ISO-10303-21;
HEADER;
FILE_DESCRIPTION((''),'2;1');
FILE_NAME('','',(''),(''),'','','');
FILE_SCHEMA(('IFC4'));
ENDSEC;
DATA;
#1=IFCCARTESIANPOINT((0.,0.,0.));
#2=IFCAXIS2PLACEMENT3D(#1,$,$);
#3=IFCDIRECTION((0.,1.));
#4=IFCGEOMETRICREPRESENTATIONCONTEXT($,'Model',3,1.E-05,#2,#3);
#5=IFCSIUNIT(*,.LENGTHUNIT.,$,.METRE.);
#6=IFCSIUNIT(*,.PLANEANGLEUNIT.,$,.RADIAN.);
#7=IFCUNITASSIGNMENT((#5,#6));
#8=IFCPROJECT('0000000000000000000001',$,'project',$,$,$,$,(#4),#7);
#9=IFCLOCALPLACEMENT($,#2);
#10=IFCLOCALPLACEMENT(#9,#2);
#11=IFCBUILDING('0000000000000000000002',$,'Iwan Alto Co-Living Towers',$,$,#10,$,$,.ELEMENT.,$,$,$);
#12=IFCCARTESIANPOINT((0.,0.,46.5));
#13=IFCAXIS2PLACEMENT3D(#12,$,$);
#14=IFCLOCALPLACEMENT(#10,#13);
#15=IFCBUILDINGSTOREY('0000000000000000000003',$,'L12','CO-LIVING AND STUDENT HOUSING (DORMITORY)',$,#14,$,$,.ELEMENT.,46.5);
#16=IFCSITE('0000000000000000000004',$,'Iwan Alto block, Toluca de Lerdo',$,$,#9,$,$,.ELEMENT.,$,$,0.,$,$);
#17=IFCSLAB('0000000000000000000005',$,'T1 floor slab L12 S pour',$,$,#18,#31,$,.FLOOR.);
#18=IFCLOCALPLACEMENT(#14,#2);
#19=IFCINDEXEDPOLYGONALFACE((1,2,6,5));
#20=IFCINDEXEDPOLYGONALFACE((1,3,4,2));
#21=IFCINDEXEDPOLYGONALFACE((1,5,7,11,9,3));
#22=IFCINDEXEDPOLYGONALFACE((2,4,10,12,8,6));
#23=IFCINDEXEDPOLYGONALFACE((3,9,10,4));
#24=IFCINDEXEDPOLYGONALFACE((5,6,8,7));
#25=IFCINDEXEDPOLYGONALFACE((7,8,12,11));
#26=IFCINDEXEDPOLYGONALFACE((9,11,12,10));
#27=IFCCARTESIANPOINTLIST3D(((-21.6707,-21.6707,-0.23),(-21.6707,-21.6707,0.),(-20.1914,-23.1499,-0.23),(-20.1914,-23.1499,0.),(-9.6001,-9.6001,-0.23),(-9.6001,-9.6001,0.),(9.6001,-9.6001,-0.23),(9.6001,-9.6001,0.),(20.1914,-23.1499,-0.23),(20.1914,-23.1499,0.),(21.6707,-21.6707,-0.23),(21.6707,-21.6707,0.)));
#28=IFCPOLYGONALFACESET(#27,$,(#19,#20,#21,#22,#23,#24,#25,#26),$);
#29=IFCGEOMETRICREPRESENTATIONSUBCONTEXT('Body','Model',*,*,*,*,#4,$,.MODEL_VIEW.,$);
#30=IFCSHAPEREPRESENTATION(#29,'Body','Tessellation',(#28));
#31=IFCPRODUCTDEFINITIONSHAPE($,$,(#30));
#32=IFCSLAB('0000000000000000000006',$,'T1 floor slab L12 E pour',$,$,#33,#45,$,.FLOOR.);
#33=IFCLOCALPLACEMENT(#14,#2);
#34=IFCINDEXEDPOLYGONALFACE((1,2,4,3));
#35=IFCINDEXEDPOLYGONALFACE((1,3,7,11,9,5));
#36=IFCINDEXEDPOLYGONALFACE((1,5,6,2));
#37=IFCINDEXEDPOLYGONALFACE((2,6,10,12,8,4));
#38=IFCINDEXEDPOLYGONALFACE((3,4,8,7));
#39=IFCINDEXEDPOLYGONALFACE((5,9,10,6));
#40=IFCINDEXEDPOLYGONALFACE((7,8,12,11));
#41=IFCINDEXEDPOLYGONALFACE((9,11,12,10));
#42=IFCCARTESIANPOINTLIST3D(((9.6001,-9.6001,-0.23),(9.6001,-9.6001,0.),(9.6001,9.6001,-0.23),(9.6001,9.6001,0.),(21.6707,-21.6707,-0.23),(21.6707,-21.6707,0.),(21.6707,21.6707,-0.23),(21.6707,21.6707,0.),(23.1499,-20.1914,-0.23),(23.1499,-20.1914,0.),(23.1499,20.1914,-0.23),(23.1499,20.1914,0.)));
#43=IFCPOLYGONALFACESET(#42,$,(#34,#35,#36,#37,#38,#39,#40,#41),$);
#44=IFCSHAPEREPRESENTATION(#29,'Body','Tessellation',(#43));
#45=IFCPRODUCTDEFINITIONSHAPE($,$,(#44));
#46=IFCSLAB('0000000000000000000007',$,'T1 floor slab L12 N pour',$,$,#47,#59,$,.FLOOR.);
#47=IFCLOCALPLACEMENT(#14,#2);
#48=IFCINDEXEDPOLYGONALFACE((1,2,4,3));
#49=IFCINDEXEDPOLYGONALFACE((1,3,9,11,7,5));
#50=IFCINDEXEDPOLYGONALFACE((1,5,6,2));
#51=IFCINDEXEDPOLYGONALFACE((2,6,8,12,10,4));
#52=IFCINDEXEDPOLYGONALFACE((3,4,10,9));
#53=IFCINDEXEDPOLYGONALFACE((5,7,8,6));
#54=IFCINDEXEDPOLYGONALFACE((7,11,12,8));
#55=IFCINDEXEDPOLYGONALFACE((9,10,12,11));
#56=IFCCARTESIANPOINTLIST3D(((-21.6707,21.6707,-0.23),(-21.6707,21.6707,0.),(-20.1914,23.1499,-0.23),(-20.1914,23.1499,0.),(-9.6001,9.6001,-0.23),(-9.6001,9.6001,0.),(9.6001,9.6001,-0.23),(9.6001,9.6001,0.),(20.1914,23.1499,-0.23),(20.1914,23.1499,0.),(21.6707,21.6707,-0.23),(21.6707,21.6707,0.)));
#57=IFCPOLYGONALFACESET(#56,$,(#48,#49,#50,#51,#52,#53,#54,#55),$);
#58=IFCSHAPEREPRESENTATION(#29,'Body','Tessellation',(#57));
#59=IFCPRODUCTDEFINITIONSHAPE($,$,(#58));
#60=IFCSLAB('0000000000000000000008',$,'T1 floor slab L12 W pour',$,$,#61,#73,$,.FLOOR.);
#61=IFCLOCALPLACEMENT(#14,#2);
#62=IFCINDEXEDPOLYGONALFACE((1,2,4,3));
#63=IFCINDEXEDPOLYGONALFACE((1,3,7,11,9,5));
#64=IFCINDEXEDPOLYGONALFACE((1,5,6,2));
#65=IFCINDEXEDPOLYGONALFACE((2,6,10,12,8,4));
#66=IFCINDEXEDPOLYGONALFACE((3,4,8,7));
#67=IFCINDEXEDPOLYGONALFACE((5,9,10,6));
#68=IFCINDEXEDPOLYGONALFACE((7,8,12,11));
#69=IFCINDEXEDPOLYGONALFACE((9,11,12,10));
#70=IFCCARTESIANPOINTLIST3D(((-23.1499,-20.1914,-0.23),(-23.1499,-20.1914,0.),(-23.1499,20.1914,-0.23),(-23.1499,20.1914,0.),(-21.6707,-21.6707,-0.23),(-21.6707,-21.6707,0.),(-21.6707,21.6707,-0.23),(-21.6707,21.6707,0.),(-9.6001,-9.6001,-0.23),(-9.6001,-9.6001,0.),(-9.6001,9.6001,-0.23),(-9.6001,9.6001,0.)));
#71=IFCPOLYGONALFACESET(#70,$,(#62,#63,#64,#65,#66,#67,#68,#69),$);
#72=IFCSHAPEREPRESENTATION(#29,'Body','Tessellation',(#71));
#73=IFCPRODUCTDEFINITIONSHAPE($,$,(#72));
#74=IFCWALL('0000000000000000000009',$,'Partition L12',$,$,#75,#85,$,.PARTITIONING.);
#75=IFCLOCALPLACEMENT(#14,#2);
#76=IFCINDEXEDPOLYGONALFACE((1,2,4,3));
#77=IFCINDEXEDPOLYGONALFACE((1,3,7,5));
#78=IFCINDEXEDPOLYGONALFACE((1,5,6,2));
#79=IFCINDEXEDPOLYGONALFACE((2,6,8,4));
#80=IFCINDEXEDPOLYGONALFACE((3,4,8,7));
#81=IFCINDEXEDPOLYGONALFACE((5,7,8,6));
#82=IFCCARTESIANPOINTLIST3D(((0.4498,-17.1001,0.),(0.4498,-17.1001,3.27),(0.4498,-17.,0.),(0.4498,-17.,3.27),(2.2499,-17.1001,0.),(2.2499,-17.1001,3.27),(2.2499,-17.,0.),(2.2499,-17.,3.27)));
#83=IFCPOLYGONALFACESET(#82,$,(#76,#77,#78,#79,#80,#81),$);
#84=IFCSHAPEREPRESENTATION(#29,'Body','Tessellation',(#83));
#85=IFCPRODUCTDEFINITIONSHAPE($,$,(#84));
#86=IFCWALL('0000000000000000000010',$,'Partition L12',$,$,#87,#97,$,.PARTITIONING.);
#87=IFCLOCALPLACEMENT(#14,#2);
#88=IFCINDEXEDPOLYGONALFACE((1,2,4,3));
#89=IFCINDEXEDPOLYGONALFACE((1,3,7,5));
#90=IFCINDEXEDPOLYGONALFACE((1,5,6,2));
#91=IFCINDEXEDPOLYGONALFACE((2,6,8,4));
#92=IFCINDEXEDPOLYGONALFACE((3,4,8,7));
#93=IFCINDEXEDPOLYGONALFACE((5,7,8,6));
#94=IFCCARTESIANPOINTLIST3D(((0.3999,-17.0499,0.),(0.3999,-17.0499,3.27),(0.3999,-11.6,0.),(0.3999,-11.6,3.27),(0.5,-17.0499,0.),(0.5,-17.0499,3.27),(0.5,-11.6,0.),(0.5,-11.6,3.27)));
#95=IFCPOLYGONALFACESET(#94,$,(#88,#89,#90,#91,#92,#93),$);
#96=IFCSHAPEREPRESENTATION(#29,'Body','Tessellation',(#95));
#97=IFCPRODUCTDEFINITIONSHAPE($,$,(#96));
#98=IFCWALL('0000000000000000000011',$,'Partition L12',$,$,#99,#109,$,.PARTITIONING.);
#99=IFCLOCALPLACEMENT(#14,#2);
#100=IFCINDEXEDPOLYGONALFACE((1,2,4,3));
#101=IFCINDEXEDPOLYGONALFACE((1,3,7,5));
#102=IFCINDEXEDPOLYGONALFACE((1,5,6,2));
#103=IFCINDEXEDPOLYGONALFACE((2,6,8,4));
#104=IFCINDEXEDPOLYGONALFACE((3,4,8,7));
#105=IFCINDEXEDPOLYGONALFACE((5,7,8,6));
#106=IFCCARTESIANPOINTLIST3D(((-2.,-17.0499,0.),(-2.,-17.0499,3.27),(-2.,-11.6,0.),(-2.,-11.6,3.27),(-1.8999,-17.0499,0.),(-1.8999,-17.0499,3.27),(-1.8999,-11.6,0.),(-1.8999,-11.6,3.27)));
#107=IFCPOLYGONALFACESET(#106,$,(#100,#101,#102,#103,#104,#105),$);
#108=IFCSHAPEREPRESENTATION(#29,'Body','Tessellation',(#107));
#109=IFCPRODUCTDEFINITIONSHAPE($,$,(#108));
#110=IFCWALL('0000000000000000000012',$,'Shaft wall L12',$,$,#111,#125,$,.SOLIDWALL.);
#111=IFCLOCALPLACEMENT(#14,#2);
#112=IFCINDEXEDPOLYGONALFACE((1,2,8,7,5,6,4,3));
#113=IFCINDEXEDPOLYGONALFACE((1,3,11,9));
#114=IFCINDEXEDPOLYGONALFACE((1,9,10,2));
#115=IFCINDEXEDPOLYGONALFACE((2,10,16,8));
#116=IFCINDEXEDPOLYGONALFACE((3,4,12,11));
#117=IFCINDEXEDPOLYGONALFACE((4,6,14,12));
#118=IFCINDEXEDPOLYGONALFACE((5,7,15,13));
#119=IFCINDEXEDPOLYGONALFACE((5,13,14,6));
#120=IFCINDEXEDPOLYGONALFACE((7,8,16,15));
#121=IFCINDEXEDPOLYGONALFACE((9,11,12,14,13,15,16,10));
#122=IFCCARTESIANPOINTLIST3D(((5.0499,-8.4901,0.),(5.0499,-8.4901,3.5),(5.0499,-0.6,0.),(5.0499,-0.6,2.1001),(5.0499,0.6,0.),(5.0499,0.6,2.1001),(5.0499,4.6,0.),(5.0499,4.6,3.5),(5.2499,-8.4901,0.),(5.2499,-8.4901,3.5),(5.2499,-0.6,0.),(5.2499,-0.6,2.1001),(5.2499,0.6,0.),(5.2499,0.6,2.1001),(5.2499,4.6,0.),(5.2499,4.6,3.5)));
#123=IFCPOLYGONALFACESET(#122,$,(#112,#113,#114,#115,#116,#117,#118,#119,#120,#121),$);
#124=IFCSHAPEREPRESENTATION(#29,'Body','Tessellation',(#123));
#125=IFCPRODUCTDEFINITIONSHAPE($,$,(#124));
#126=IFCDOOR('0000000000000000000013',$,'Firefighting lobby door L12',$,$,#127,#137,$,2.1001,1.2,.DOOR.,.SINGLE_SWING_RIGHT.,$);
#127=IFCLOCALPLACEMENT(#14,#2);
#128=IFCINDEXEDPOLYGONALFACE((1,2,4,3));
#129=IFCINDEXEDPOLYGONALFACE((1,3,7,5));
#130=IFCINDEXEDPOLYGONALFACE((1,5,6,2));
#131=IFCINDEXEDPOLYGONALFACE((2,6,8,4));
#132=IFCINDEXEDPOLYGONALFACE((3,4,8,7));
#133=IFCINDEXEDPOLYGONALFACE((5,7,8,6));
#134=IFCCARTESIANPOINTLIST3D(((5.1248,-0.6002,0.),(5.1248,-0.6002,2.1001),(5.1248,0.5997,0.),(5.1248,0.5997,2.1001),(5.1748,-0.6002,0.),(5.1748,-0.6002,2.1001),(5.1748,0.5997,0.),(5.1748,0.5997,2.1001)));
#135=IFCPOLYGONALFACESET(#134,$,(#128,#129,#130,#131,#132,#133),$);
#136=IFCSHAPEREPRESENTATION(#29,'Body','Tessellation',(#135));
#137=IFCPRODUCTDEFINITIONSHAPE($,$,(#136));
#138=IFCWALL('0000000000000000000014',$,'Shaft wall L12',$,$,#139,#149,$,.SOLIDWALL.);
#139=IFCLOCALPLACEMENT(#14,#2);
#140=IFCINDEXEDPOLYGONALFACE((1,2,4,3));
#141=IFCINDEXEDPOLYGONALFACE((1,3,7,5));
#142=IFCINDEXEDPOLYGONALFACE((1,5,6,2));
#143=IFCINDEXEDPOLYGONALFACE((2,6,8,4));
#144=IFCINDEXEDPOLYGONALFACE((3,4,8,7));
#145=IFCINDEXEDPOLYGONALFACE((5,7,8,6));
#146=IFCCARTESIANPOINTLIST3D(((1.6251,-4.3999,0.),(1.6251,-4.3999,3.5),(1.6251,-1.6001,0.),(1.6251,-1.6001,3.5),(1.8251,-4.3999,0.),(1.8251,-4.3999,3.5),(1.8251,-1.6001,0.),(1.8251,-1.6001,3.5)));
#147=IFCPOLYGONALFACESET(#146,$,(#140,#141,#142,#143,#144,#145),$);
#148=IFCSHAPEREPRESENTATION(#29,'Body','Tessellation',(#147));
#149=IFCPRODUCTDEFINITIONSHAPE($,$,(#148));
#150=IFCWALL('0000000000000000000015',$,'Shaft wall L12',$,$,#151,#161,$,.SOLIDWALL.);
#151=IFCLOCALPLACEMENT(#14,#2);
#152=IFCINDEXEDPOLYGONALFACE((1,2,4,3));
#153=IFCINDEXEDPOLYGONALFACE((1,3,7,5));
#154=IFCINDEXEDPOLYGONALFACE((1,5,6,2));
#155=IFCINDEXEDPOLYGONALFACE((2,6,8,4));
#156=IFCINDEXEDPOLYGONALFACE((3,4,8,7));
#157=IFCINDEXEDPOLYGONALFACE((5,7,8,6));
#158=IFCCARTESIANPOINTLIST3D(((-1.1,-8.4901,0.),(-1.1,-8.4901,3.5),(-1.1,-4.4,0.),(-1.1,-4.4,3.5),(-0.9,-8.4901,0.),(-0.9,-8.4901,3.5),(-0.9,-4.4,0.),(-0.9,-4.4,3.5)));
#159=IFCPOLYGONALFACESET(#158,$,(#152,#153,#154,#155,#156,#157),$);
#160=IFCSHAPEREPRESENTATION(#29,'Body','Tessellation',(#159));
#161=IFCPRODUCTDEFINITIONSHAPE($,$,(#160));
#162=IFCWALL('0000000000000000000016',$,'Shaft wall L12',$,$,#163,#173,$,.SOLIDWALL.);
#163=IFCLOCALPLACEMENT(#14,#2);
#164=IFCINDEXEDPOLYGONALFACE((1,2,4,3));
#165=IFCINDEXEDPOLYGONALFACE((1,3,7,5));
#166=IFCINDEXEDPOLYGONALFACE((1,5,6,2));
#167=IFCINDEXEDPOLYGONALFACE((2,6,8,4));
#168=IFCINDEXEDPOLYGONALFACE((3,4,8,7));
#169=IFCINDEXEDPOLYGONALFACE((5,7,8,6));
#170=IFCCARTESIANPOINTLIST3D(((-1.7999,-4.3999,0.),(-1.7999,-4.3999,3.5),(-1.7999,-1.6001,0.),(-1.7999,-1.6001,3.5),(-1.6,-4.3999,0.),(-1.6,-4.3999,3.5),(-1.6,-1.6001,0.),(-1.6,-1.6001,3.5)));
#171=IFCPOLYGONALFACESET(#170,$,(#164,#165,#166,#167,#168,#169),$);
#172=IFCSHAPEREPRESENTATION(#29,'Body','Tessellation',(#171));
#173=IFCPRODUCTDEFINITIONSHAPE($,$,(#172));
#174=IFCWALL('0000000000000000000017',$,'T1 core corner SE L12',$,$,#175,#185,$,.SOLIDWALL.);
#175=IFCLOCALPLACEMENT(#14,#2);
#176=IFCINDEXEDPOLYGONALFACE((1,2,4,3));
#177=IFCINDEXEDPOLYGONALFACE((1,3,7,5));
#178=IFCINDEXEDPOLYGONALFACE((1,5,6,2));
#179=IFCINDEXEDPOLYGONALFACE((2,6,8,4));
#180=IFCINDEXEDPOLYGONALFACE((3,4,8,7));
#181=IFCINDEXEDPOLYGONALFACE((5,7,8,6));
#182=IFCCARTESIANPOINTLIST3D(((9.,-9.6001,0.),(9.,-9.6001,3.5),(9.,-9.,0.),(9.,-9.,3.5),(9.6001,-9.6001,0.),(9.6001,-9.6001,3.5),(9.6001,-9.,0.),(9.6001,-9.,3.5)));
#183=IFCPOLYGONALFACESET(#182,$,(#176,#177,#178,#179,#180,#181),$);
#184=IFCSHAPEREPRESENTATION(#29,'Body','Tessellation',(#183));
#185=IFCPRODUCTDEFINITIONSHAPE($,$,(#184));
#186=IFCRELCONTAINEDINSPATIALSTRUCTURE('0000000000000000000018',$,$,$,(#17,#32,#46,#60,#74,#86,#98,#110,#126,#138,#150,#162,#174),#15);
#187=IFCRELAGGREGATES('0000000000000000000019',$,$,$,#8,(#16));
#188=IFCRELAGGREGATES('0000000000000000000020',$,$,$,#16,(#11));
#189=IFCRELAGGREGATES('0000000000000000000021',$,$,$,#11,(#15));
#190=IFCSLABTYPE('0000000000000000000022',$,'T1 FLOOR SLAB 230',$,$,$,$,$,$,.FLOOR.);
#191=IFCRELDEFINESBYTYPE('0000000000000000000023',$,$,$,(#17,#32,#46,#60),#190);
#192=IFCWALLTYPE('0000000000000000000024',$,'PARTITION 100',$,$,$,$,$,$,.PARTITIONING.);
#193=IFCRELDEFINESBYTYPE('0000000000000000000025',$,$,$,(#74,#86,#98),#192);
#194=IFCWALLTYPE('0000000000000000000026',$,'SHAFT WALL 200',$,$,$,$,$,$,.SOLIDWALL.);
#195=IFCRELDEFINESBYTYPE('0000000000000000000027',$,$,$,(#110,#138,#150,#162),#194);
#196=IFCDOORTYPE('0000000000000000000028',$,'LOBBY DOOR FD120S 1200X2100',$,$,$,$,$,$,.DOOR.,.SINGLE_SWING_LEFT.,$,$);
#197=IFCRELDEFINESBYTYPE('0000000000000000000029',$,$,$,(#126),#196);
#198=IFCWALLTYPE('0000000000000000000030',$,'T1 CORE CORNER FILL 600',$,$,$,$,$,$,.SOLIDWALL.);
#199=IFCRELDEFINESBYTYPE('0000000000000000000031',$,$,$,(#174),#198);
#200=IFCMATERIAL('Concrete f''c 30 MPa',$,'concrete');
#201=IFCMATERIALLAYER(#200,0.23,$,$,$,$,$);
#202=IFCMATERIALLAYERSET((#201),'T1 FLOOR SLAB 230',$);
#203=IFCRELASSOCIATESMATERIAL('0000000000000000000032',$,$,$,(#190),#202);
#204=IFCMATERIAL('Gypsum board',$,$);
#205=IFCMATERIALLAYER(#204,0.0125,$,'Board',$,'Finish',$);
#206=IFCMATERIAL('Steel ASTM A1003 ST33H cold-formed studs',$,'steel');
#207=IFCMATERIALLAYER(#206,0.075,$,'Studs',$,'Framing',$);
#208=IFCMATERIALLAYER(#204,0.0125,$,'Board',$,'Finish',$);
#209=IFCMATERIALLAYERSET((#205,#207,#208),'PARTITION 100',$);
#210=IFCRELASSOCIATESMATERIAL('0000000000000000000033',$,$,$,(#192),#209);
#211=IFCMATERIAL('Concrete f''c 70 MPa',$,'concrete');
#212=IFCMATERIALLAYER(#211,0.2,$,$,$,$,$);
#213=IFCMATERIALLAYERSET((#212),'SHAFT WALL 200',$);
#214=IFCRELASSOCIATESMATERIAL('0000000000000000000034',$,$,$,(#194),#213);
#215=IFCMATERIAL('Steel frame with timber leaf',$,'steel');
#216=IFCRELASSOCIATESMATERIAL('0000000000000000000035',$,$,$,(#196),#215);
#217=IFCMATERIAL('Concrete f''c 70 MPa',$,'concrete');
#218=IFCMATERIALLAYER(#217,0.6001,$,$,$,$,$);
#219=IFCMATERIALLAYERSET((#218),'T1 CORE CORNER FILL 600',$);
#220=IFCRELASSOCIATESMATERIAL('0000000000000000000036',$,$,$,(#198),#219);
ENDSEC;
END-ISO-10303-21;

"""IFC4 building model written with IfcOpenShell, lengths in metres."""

from ifc_helpers import new_model, si_unit, direction, frame, frame_2d, origin, place, context, subcontext, project, spatial, polyline, rectangle, outline, extrude, material, layer, layer_set, type_object, element, fill, save


model = new_model("IFC4")

# Units and contexts
model_context = context("Model", 3, precision=1e-05, world=origin(), true_north=direction((0.0, 1.0)))
body_context = subcontext(model_context, "Body", "Model", "MODEL_VIEW")
ifc_project = project(units=[si_unit("LENGTHUNIT", "METRE"), si_unit("PLANEANGLEUNIT", "RADIAN")], contexts=[model_context])

# Site, building, storey
site_placement = place(None, origin())
site = spatial("IfcSite", under=ifc_project, at=site_placement, Name="Iwan Alto block, Toluca de Lerdo", CompositionType="ELEMENT", RefElevation=0.0)
building_placement = place(site_placement, origin())
building = spatial("IfcBuilding", under=site, at=building_placement, Name="Iwan Alto Co-Living Towers", CompositionType="ELEMENT")
storey_placement = place(building_placement, frame((0.0, 0.0, 46.5)))
storey = spatial("IfcBuildingStorey", under=building, at=storey_placement, Name="L12", Description="CO-LIVING AND STUDENT HOUSING (DORMITORY)", CompositionType="ELEMENT", Elevation=46.5)

# Slabs
ifc_material_1 = material(Name="Concrete f'c 30 MPa", Category="concrete")
ifc_layer_1 = layer(ifc_material_1, 0.23)
ifc_layer_set_1 = layer_set([ifc_layer_1], Name="T1 FLOOR SLAB 230")
slab_type = type_object("IfcSlabType", Name="T1 FLOOR SLAB 230", PredefinedType="FLOOR", material=ifc_layer_set_1)
slab_1_placement = place(storey_placement, frame((0.0, 0.0, -0.23)))
element("IfcSlab", 1, at=slab_1_placement, inside=storey, type_object=slab_type, Name="T1 floor slab L12 S pour", PredefinedType="FLOOR", context=body_context, shape_type="SweptSolid", body=[
    extrude(outline(polyline([(20.1914, -23.1499), (-20.1914, -23.1499), (-21.6707, -21.6707), (-9.6001, -9.6001), (9.6001, -9.6001), (21.6707, -21.6707), (20.1914, -23.1499)])), origin(), (0.0, 0.0, 1.0), 0.23),
])
slab_2_placement = place(storey_placement, frame((0.0, 0.0, -0.23)))
element("IfcSlab", 2, at=slab_2_placement, inside=storey, type_object=slab_type, Name="T1 floor slab L12 E pour", PredefinedType="FLOOR", context=body_context, shape_type="SweptSolid", body=[
    extrude(outline(polyline([(23.1499, 20.1914), (23.1499, -20.1914), (21.6707, -21.6707), (9.6001, -9.6001), (9.6001, 9.6001), (21.6707, 21.6707), (23.1499, 20.1914)])), origin(), (0.0, 0.0, 1.0), 0.23),
])
slab_3_placement = place(storey_placement, frame((0.0, 0.0, -0.23)))
element("IfcSlab", 3, at=slab_3_placement, inside=storey, type_object=slab_type, Name="T1 floor slab L12 N pour", PredefinedType="FLOOR", context=body_context, shape_type="SweptSolid", body=[
    extrude(outline(polyline([(-20.1914, 23.1499), (20.1914, 23.1499), (21.6707, 21.6707), (9.6001, 9.6001), (-9.6001, 9.6001), (-21.6707, 21.6707), (-20.1914, 23.1499)])), origin(), (0.0, 0.0, 1.0), 0.23),
])
slab_4_placement = place(storey_placement, frame((0.0, 0.0, -0.23)))
element("IfcSlab", 4, at=slab_4_placement, inside=storey, type_object=slab_type, Name="T1 floor slab L12 W pour", PredefinedType="FLOOR", context=body_context, shape_type="SweptSolid", body=[
    extrude(outline(polyline([(-23.1499, 20.1914), (-21.6707, 21.6707), (-9.6001, 9.6001), (-9.6001, -9.6001), (-21.6707, -21.6707), (-23.1499, -20.1914), (-23.1499, 20.1914)])), origin(), (0.0, 0.0, 1.0), 0.23),
])

# Walls
ifc_material_2 = material(Name="Gypsum board")
ifc_layer_2 = layer(ifc_material_2, 0.0125, Name="Board", Category="Finish")
ifc_material_3 = material(Name="Steel ASTM A1003 ST33H cold-formed studs", Category="steel")
ifc_layer_3 = layer(ifc_material_3, 0.075, Name="Studs", Category="Framing")
ifc_layer_4 = layer(ifc_material_2, 0.0125, Name="Board", Category="Finish")
ifc_layer_set_2 = layer_set([ifc_layer_2, ifc_layer_3, ifc_layer_4], Name="PARTITION 100")
wall_type_1 = type_object("IfcWallType", Name="PARTITION 100", PredefinedType="PARTITIONING", material=ifc_layer_set_2)
wall_1_placement = place(storey_placement, frame((0.45, -17.05, 0.0), z_axis=(0.0, 0.0, 1.0), x_axis=(1.0, 0.0, 0.0)))
element("IfcWall", 5, at=wall_1_placement, inside=storey, type_object=wall_type_1, Name="Partition L12", PredefinedType="PARTITIONING", context=body_context, shape_type="SweptSolid", body=[
    extrude(rectangle(XDim=1.8, YDim=0.1001, at=frame_2d((0.8999, 0.0))), origin(), (0.0, 0.0, 1.0), 3.27),
])
for number, where, z_axis, x_axis, name in (
    (6, (0.45, -17.05, 0.0), (0.0, 0.0, 1.0), (0.0, 1.0, 0.0), "Partition L12"),
    (7, (-1.95, -17.05, 0.0), (0.0, 0.0, 1.0), (0.0, 1.0, 0.0), "Partition L12"),
):
    element("IfcWall", number, at=place(storey_placement, frame(where, z_axis=z_axis, x_axis=x_axis)), inside=storey, type_object=wall_type_1, Name=name, PredefinedType="PARTITIONING", context=body_context, shape_type="SweptSolid", body=[
        extrude(rectangle(XDim=5.45, YDim=0.1001, at=frame_2d((2.7251, 0.0))), origin(), (0.0, 0.0, 1.0), 3.27),
    ])

# Wall, opening, door
ifc_material_4 = material(Name="Concrete f'c 70 MPa", Category="concrete")
ifc_layer_5 = layer(ifc_material_4, 0.2)
ifc_layer_set_3 = layer_set([ifc_layer_5], Name="SHAFT WALL 200")
wall_type_2 = type_object("IfcWallType", Name="SHAFT WALL 200", PredefinedType="SOLIDWALL", material=ifc_layer_set_3)
wall_2_placement = place(storey_placement, frame((5.1499, -8.49, 0.0), z_axis=(0.0, 0.0, 1.0), x_axis=(0.0, 1.0, 0.0)))
wall_2 = element("IfcWall", 8, at=wall_2_placement, inside=storey, type_object=wall_type_2, Name="Shaft wall L12", PredefinedType="SOLIDWALL", context=body_context, shape_type="SweptSolid", body=[
    extrude(rectangle(XDim=13.0901, YDim=0.2, at=frame_2d((6.5449, 0.0))), origin(), (0.0, 0.0, 1.0), 3.5),
])
opening_1_placement = place(wall_2_placement, frame((7.8899, 0.0, 0.0)))
opening_1 = element("IfcOpeningElement", 9, at=opening_1_placement, cuts=wall_2, PredefinedType="OPENING", context=body_context, shape_type="SweptSolid", body=[
    extrude(rectangle(XDim=1.2, YDim=2.1001, at=frame_2d((0.6001, 1.05))), frame((0.0, 0.1099, 0.0), z_axis=(0.0, -1.0, 0.0), x_axis=(1.0, 0.0, 0.0)), (0.0, 0.0, 1.0), 0.22),
])
ifc_material_5 = material(Name="Steel frame with timber leaf", Category="steel")
door_type_1 = type_object("IfcDoorType", Name="LOBBY DOOR FD120S 1200X2100", OperationType="SINGLE_SWING_LEFT", PredefinedType="DOOR", material=ifc_material_5)
door_1_placement = place(opening_1_placement, frame((1.2, 0.0, 0.0), z_axis=(0.0, 0.0, 1.0), x_axis=(-1.0, 0.0, 0.0)))
door_1 = element("IfcDoor", 10, at=door_1_placement, inside=storey, type_object=door_type_1, Name="Firefighting lobby door L12", OperationType="SINGLE_SWING_RIGHT", OverallHeight=2.1001, OverallWidth=1.2, PredefinedType="DOOR", context=body_context, shape_type="SweptSolid", body=[
    extrude(rectangle(XDim=1.2, YDim=2.1001, at=frame_2d((0.6001, 1.05))), frame((0.0, 0.0249, 0.0), z_axis=(0.0, -1.0, 0.0), x_axis=(1.0, 0.0, 0.0)), (0.0, 0.0, 1.0), 0.05),
])
fill(opening_1, door_1)

# Walls
wall_3_placement = place(storey_placement, frame((1.7251, -4.3999, 0.0), z_axis=(0.0, 0.0, 1.0), x_axis=(0.0, 1.0, 0.0)))
element("IfcWall", 11, at=wall_3_placement, inside=storey, type_object=wall_type_2, Name="Shaft wall L12", PredefinedType="SOLIDWALL", context=body_context, shape_type="SweptSolid", body=[
    extrude(rectangle(XDim=2.7998, YDim=0.2, at=frame_2d((1.3999, 0.0))), origin(), (0.0, 0.0, 1.0), 3.5),
])
wall_4_placement = place(storey_placement, frame((-1.0, -8.49, 0.0), z_axis=(0.0, 0.0, 1.0), x_axis=(0.0, 1.0, 0.0)))
element("IfcWall", 12, at=wall_4_placement, inside=storey, type_object=wall_type_2, Name="Shaft wall L12", PredefinedType="SOLIDWALL", context=body_context, shape_type="SweptSolid", body=[
    extrude(rectangle(XDim=4.0901, YDim=0.2, at=frame_2d((2.0449, 0.0))), origin(), (0.0, 0.0, 1.0), 3.5),
])
wall_5_placement = place(storey_placement, frame((-1.7, -4.3999, 0.0), z_axis=(0.0, 0.0, 1.0), x_axis=(0.0, 1.0, 0.0)))
element("IfcWall", 13, at=wall_5_placement, inside=storey, type_object=wall_type_2, Name="Shaft wall L12", PredefinedType="SOLIDWALL", context=body_context, shape_type="SweptSolid", body=[
    extrude(rectangle(XDim=2.7998, YDim=0.2, at=frame_2d((1.3999, 0.0))), origin(), (0.0, 0.0, 1.0), 3.5),
])
ifc_material_6 = material(Name="Concrete f'c 70 MPa", Category="concrete")
ifc_layer_6 = layer(ifc_material_6, 0.6001)
ifc_layer_set_4 = layer_set([ifc_layer_6], Name="T1 CORE CORNER FILL 600")
wall_type_3 = type_object("IfcWallType", Name="T1 CORE CORNER FILL 600", PredefinedType="SOLIDWALL", material=ifc_layer_set_4)
wall_6_placement = place(storey_placement, frame((9.0, -9.3, 0.0), z_axis=(0.0, 0.0, 1.0), x_axis=(1.0, 0.0, 0.0)))
element("IfcWall", 14, at=wall_6_placement, inside=storey, type_object=wall_type_3, Name="T1 core corner SE L12", PredefinedType="SOLIDWALL", context=body_context, shape_type="SweptSolid", body=[
    extrude(rectangle(XDim=0.6001, YDim=0.6001, at=frame_2d((0.3, 0.0))), origin(), (0.0, 0.0, 1.0), 3.5),
])

save(model, "model.ifc")
